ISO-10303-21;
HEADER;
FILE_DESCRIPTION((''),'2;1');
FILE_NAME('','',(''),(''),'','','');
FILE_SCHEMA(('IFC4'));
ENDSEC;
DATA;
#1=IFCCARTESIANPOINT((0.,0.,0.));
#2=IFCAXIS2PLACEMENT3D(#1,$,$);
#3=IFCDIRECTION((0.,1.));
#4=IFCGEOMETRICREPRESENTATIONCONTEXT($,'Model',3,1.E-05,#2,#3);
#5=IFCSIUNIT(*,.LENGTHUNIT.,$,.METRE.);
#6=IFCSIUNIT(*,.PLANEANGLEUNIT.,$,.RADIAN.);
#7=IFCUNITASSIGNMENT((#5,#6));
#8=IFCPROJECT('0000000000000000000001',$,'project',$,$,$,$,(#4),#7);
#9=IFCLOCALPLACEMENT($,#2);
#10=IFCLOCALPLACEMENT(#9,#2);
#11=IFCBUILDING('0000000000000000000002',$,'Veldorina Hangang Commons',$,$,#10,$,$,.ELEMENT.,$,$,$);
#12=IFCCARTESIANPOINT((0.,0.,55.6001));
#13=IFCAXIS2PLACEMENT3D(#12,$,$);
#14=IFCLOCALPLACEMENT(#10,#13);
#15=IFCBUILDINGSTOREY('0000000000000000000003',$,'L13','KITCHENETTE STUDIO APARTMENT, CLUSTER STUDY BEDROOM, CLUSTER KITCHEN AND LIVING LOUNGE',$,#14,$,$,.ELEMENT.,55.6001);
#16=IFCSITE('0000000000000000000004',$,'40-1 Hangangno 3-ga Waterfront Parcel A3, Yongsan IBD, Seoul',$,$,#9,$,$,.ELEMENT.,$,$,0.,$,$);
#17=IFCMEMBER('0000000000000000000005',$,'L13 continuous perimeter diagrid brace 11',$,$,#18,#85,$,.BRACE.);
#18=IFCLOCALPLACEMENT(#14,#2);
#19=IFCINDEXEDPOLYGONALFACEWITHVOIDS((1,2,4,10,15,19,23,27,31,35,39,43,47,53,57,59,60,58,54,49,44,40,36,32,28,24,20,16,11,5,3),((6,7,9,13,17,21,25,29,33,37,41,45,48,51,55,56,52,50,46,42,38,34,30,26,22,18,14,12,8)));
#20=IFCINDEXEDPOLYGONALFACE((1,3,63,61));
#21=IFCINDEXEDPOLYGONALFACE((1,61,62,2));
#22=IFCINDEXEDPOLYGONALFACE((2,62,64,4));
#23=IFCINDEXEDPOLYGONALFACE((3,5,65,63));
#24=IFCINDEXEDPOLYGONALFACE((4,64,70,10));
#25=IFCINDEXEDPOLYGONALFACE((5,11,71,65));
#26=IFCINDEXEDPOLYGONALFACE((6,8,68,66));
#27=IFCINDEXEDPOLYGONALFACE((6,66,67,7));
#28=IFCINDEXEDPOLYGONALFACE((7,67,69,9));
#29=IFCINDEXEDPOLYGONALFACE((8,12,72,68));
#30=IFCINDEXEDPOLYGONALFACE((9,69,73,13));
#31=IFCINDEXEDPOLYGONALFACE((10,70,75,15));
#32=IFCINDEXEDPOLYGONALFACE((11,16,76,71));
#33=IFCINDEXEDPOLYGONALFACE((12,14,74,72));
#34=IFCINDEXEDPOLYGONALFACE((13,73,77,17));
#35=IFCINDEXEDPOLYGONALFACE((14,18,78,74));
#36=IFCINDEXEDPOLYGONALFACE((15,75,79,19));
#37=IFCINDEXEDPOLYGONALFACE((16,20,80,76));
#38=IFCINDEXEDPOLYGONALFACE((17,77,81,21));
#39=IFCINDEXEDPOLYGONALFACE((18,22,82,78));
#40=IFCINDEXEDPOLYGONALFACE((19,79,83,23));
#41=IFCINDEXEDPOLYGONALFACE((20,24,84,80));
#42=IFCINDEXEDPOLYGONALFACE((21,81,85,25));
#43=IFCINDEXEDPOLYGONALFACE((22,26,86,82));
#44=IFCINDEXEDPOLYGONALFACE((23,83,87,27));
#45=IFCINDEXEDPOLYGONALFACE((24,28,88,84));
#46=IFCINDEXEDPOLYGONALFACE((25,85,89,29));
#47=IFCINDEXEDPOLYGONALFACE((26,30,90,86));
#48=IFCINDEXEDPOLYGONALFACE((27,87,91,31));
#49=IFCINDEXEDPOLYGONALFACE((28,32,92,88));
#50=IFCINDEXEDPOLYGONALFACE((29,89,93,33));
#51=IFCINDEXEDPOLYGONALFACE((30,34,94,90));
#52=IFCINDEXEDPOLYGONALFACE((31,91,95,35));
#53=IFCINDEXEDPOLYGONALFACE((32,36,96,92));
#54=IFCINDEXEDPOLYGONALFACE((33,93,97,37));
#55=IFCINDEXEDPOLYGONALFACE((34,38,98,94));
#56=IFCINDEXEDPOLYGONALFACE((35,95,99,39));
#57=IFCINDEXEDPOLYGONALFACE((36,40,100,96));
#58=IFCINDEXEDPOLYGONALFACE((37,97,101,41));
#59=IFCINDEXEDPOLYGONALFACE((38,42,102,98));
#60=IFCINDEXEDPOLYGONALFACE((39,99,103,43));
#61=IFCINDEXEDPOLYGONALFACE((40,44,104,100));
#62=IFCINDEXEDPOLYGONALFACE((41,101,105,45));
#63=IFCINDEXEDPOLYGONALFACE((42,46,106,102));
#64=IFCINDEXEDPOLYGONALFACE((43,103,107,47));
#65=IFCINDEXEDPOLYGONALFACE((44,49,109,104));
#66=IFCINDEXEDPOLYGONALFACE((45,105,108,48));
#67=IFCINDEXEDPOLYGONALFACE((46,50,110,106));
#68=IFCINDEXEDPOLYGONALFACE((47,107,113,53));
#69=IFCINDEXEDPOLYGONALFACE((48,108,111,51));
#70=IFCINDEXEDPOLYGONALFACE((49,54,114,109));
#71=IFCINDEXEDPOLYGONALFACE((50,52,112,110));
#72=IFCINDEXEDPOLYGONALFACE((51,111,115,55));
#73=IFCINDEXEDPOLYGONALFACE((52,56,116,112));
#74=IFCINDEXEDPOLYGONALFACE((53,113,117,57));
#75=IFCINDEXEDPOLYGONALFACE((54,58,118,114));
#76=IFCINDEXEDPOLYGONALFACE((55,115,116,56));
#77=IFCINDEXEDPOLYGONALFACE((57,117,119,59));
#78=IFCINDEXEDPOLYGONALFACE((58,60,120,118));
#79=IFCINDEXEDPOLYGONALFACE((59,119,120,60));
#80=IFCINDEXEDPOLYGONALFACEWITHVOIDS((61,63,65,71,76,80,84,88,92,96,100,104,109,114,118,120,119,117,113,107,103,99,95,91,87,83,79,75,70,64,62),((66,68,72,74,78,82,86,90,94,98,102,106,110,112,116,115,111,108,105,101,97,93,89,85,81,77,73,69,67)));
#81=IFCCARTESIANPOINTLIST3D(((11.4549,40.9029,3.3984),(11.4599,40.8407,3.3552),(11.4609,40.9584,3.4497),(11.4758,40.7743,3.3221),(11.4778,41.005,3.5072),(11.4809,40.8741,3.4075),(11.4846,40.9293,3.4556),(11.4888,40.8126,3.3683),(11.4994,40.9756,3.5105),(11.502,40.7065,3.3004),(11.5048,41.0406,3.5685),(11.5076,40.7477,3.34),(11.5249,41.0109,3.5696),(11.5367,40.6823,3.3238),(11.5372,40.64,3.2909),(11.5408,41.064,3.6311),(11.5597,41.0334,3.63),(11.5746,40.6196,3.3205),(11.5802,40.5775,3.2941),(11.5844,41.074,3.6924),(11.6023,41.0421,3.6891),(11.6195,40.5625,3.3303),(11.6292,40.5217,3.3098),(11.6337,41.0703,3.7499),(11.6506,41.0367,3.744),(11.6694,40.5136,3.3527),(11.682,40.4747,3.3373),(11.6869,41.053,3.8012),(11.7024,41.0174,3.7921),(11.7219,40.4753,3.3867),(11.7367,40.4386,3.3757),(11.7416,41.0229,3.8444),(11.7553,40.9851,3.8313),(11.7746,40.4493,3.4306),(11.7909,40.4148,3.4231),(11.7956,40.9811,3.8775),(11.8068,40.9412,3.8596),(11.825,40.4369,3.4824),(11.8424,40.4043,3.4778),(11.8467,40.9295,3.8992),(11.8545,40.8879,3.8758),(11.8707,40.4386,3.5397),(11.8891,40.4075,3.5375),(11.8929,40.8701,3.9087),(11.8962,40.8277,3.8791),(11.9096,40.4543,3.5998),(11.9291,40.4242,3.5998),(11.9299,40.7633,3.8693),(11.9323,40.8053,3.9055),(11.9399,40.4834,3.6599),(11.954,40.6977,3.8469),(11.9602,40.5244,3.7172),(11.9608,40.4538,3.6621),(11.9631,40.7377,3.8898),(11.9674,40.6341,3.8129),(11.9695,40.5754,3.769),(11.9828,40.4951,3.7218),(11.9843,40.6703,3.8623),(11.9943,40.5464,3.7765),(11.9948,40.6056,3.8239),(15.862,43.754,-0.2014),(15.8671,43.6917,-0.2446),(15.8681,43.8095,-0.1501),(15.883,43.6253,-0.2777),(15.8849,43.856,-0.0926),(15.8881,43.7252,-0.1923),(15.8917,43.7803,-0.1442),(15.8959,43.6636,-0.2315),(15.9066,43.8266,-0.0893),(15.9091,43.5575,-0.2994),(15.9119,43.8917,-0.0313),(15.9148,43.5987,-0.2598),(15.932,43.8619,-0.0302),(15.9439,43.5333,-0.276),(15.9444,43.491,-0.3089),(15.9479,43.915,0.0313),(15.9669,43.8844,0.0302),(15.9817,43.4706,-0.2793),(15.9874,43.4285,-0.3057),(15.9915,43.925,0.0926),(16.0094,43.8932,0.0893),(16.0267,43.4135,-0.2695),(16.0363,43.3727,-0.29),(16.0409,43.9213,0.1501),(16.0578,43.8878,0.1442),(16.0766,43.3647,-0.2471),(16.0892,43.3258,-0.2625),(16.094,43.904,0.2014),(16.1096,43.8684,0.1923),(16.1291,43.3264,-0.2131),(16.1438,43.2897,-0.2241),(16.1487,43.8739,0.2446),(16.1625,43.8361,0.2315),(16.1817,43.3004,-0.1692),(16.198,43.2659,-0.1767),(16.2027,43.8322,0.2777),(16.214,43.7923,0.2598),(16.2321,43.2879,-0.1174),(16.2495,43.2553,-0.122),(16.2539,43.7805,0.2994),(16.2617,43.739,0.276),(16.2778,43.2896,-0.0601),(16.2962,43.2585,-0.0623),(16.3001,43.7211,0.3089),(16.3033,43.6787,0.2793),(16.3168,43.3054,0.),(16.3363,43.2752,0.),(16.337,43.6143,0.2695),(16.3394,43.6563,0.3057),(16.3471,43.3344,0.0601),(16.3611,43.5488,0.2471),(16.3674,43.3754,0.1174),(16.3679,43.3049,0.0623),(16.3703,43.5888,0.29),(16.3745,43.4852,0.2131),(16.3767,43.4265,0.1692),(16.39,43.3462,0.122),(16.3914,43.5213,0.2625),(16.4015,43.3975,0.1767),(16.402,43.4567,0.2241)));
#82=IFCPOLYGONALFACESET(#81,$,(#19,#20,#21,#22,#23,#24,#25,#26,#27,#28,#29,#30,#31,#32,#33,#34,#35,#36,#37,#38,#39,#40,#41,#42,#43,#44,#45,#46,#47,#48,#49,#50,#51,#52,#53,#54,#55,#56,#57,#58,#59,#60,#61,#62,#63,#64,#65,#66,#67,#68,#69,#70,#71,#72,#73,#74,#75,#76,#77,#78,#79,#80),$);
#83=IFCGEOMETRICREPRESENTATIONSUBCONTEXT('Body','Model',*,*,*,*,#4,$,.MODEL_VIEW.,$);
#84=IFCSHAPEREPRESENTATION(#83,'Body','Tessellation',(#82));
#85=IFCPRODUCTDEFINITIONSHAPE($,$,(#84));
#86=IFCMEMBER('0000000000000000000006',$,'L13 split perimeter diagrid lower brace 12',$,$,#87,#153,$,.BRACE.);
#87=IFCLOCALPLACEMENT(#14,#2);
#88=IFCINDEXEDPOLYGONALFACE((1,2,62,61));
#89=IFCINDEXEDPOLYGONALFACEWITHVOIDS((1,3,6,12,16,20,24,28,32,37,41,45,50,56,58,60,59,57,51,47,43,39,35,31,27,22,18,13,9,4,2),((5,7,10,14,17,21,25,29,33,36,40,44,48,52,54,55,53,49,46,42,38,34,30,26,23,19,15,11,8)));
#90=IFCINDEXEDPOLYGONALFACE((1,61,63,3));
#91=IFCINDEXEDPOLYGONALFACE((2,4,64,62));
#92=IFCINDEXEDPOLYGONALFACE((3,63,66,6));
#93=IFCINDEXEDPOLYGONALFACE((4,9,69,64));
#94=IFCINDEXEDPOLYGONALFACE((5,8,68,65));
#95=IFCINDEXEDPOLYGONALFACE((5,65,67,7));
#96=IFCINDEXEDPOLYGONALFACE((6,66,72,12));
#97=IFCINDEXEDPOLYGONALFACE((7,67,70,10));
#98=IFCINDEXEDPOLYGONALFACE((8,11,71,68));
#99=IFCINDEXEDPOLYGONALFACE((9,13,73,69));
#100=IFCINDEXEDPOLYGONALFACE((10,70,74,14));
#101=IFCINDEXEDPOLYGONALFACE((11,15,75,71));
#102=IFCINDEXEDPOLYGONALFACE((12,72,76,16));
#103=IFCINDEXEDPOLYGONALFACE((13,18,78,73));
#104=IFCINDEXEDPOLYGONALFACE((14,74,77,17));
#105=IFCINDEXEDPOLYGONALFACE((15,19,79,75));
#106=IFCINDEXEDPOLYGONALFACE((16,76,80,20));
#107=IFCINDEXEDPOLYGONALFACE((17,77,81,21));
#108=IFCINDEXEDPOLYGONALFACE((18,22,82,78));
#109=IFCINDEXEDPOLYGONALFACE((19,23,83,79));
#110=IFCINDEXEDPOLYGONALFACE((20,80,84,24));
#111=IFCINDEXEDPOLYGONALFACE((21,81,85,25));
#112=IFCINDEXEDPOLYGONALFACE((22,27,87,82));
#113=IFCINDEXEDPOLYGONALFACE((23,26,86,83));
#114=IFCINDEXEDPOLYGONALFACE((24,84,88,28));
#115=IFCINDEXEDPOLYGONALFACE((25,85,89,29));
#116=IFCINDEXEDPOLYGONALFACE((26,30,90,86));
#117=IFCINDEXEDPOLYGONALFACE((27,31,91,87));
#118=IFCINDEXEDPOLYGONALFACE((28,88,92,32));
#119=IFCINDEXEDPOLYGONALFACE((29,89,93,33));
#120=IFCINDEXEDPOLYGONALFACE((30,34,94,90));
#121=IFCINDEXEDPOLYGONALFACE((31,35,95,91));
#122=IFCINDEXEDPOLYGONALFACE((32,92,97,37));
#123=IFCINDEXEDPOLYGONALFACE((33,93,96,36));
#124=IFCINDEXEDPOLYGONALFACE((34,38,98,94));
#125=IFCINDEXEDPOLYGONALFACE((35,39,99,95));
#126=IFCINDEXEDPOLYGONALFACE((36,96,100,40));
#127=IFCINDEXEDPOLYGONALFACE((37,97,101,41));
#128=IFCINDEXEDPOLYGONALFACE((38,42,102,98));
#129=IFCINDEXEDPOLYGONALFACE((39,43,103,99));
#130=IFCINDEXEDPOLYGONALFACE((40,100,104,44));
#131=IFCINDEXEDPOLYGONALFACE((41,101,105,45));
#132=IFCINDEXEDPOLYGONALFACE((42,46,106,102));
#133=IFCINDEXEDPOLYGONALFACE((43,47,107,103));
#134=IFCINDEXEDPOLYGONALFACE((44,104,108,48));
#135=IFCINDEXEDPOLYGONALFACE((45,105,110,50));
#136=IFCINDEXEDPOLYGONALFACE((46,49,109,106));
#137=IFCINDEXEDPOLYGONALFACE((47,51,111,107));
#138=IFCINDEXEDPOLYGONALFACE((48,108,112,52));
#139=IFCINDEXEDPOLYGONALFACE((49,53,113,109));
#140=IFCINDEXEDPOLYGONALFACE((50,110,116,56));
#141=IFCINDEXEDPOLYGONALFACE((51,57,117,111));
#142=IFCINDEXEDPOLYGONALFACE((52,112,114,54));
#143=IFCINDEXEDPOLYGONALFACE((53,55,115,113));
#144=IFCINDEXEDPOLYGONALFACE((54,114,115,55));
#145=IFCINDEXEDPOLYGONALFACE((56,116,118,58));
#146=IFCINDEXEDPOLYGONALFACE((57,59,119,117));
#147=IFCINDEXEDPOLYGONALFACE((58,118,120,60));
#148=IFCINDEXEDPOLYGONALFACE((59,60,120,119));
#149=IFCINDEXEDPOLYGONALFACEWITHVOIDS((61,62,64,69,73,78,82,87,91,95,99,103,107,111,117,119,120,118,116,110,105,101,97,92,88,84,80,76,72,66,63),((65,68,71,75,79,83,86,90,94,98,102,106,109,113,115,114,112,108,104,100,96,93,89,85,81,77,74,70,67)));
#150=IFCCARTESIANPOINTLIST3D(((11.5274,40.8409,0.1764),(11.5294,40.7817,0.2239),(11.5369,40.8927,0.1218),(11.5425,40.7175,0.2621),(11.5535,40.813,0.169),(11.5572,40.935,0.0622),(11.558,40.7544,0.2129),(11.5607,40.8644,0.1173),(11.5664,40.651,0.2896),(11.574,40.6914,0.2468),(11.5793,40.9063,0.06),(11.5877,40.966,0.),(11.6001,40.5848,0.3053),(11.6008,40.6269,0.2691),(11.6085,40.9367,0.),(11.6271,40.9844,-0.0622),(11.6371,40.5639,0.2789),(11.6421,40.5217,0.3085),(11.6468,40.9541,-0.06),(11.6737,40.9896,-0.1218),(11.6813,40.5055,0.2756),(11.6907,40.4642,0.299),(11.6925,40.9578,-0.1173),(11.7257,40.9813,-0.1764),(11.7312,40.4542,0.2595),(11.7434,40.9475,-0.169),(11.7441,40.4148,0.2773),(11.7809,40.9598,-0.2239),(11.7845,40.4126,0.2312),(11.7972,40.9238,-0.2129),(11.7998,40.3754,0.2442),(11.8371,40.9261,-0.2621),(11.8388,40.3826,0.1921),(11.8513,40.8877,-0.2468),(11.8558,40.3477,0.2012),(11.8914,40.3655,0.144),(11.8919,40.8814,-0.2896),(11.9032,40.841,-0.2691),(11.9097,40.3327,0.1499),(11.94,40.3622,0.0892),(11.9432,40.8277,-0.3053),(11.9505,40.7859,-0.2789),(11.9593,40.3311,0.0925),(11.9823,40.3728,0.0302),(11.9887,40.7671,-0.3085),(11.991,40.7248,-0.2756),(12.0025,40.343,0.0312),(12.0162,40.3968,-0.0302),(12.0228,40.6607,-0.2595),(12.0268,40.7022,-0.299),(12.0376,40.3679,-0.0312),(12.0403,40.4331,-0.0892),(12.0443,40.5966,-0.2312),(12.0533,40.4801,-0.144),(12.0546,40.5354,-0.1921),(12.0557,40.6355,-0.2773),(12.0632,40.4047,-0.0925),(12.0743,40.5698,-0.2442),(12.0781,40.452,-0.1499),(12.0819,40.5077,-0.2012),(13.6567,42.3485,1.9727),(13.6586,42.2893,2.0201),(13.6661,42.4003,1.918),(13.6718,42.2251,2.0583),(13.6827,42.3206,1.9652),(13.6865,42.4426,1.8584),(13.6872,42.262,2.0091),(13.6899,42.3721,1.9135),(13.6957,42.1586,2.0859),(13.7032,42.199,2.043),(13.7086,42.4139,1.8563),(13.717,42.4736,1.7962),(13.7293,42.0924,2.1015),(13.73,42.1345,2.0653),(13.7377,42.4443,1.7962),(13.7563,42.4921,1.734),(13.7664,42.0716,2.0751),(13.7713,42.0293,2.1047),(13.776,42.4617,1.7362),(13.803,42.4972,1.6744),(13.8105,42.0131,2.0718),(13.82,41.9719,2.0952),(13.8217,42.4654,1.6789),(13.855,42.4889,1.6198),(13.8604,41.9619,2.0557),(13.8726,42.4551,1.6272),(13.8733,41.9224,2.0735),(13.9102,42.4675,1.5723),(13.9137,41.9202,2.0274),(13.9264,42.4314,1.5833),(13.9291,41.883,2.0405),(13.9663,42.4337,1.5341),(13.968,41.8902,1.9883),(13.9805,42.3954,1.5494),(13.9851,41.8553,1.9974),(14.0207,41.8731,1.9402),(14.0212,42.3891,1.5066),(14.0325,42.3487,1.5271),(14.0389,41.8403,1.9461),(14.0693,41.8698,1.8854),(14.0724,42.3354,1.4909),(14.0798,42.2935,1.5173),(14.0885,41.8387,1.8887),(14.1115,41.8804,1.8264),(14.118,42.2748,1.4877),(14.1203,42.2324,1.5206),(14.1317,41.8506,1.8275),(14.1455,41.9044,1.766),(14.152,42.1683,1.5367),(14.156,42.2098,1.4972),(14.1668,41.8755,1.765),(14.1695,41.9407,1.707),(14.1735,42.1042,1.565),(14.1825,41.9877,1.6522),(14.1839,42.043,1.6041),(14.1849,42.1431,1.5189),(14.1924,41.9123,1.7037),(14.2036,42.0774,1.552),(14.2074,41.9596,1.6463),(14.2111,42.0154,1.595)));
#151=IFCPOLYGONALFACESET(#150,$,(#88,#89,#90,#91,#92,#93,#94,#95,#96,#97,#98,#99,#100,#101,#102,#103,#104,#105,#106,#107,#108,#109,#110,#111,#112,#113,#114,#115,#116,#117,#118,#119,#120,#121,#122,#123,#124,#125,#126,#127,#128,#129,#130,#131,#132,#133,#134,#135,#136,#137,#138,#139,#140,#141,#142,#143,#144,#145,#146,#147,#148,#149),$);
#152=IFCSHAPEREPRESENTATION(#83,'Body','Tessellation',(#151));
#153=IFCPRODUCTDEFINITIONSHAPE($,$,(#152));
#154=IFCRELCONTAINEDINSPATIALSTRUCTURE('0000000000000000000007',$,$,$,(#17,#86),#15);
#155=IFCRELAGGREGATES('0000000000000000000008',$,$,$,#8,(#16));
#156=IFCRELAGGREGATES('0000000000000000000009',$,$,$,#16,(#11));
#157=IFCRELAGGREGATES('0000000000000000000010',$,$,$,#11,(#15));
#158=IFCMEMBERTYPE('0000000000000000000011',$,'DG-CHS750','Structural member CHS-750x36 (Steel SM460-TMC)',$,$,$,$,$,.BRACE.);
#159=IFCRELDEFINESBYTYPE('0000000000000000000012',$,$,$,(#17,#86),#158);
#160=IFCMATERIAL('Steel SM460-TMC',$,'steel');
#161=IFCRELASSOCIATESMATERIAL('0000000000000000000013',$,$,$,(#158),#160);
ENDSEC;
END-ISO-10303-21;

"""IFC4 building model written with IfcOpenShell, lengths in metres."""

from ifc_helpers import new_model, si_unit, direction, frame, origin, origin_2d, place, context, subcontext, project, spatial, hollow_circle, extrude, material, material_profile, profile_set, type_object, element, save


model = new_model("IFC4")

# Units and contexts
model_context = context("Model", 3, precision=1e-05, world=origin(), true_north=direction((0.0, 1.0)))
body_context = subcontext(model_context, "Body", "Model", "MODEL_VIEW")
ifc_project = project(units=[si_unit("LENGTHUNIT", "METRE"), si_unit("PLANEANGLEUNIT", "RADIAN")], contexts=[model_context])

# Site, building, storey
site_placement = place(None, origin())
site = spatial("IfcSite", under=ifc_project, at=site_placement, Name="40-1 Hangangno 3-ga Waterfront Parcel A3, Yongsan IBD, Seoul", CompositionType="ELEMENT", RefElevation=0.0)
building_placement = place(site_placement, origin())
building = spatial("IfcBuilding", under=site, at=building_placement, Name="Veldorina Hangang Commons", CompositionType="ELEMENT")
storey_placement = place(building_placement, frame((0.0, 0.0, 55.6001)))
storey = spatial("IfcBuildingStorey", under=building, at=storey_placement, Name="L13", Description="KITCHENETTE STUDIO APARTMENT, CLUSTER STUDY BEDROOM, CLUSTER KITCHEN AND LIVING LOUNGE", CompositionType="ELEMENT", Elevation=55.6001)

# Shared definitions
ifc_material_1 = material(Name="Steel SM460-TMC", Category="steel")

# Members
ifc_material_profile_1 = material_profile(ifc_material_1, hollow_circle(Radius=0.375, WallThickness=0.0359, at=origin_2d()), Name="CHS-750x36")
ifc_profile_set_1 = profile_set([ifc_material_profile_1], Name="Steel SM460-TMC")
member_type = type_object("IfcMemberType", Name="DG-CHS750", Description="Structural member CHS-750x36 (Steel SM460-TMC)", PredefinedType="BRACE", material=ifc_profile_set_1)
member_1_placement = place(storey_placement, frame((16.1326, 43.5901, 0.0), z_axis=(-0.692433, -0.447941, 0.565584), x_axis=(0.543163, -0.839628, 0.0)))
element("IfcMember", 1, at=member_1_placement, inside=storey, type_object=member_type, Name="L13 continuous perimeter diagrid brace 11", PredefinedType="BRACE", context=body_context, shape_type="SweptSolid", body=[
    extrude(hollow_circle(Radius=0.375, WallThickness=0.0359, at=origin_2d()), origin(), (0.0, 0.0, 1.0), 6.3647),
])
member_2_placement = place(storey_placement, frame((11.8044, 40.6599, 0.0), z_axis=(0.672216, 0.47597, 0.567079), x_axis=(-0.577869, 0.816129, 0.0)))
element("IfcMember", 2, at=member_2_placement, inside=storey, type_object=member_type, Name="L13 split perimeter diagrid lower brace 12", PredefinedType="BRACE", context=body_context, shape_type="SweptSolid", body=[
    extrude(hollow_circle(Radius=0.375, WallThickness=0.0359, at=origin_2d()), origin(), (0.0, 0.0, 1.0), 3.1675),
])

save(model, "model.ifc")
